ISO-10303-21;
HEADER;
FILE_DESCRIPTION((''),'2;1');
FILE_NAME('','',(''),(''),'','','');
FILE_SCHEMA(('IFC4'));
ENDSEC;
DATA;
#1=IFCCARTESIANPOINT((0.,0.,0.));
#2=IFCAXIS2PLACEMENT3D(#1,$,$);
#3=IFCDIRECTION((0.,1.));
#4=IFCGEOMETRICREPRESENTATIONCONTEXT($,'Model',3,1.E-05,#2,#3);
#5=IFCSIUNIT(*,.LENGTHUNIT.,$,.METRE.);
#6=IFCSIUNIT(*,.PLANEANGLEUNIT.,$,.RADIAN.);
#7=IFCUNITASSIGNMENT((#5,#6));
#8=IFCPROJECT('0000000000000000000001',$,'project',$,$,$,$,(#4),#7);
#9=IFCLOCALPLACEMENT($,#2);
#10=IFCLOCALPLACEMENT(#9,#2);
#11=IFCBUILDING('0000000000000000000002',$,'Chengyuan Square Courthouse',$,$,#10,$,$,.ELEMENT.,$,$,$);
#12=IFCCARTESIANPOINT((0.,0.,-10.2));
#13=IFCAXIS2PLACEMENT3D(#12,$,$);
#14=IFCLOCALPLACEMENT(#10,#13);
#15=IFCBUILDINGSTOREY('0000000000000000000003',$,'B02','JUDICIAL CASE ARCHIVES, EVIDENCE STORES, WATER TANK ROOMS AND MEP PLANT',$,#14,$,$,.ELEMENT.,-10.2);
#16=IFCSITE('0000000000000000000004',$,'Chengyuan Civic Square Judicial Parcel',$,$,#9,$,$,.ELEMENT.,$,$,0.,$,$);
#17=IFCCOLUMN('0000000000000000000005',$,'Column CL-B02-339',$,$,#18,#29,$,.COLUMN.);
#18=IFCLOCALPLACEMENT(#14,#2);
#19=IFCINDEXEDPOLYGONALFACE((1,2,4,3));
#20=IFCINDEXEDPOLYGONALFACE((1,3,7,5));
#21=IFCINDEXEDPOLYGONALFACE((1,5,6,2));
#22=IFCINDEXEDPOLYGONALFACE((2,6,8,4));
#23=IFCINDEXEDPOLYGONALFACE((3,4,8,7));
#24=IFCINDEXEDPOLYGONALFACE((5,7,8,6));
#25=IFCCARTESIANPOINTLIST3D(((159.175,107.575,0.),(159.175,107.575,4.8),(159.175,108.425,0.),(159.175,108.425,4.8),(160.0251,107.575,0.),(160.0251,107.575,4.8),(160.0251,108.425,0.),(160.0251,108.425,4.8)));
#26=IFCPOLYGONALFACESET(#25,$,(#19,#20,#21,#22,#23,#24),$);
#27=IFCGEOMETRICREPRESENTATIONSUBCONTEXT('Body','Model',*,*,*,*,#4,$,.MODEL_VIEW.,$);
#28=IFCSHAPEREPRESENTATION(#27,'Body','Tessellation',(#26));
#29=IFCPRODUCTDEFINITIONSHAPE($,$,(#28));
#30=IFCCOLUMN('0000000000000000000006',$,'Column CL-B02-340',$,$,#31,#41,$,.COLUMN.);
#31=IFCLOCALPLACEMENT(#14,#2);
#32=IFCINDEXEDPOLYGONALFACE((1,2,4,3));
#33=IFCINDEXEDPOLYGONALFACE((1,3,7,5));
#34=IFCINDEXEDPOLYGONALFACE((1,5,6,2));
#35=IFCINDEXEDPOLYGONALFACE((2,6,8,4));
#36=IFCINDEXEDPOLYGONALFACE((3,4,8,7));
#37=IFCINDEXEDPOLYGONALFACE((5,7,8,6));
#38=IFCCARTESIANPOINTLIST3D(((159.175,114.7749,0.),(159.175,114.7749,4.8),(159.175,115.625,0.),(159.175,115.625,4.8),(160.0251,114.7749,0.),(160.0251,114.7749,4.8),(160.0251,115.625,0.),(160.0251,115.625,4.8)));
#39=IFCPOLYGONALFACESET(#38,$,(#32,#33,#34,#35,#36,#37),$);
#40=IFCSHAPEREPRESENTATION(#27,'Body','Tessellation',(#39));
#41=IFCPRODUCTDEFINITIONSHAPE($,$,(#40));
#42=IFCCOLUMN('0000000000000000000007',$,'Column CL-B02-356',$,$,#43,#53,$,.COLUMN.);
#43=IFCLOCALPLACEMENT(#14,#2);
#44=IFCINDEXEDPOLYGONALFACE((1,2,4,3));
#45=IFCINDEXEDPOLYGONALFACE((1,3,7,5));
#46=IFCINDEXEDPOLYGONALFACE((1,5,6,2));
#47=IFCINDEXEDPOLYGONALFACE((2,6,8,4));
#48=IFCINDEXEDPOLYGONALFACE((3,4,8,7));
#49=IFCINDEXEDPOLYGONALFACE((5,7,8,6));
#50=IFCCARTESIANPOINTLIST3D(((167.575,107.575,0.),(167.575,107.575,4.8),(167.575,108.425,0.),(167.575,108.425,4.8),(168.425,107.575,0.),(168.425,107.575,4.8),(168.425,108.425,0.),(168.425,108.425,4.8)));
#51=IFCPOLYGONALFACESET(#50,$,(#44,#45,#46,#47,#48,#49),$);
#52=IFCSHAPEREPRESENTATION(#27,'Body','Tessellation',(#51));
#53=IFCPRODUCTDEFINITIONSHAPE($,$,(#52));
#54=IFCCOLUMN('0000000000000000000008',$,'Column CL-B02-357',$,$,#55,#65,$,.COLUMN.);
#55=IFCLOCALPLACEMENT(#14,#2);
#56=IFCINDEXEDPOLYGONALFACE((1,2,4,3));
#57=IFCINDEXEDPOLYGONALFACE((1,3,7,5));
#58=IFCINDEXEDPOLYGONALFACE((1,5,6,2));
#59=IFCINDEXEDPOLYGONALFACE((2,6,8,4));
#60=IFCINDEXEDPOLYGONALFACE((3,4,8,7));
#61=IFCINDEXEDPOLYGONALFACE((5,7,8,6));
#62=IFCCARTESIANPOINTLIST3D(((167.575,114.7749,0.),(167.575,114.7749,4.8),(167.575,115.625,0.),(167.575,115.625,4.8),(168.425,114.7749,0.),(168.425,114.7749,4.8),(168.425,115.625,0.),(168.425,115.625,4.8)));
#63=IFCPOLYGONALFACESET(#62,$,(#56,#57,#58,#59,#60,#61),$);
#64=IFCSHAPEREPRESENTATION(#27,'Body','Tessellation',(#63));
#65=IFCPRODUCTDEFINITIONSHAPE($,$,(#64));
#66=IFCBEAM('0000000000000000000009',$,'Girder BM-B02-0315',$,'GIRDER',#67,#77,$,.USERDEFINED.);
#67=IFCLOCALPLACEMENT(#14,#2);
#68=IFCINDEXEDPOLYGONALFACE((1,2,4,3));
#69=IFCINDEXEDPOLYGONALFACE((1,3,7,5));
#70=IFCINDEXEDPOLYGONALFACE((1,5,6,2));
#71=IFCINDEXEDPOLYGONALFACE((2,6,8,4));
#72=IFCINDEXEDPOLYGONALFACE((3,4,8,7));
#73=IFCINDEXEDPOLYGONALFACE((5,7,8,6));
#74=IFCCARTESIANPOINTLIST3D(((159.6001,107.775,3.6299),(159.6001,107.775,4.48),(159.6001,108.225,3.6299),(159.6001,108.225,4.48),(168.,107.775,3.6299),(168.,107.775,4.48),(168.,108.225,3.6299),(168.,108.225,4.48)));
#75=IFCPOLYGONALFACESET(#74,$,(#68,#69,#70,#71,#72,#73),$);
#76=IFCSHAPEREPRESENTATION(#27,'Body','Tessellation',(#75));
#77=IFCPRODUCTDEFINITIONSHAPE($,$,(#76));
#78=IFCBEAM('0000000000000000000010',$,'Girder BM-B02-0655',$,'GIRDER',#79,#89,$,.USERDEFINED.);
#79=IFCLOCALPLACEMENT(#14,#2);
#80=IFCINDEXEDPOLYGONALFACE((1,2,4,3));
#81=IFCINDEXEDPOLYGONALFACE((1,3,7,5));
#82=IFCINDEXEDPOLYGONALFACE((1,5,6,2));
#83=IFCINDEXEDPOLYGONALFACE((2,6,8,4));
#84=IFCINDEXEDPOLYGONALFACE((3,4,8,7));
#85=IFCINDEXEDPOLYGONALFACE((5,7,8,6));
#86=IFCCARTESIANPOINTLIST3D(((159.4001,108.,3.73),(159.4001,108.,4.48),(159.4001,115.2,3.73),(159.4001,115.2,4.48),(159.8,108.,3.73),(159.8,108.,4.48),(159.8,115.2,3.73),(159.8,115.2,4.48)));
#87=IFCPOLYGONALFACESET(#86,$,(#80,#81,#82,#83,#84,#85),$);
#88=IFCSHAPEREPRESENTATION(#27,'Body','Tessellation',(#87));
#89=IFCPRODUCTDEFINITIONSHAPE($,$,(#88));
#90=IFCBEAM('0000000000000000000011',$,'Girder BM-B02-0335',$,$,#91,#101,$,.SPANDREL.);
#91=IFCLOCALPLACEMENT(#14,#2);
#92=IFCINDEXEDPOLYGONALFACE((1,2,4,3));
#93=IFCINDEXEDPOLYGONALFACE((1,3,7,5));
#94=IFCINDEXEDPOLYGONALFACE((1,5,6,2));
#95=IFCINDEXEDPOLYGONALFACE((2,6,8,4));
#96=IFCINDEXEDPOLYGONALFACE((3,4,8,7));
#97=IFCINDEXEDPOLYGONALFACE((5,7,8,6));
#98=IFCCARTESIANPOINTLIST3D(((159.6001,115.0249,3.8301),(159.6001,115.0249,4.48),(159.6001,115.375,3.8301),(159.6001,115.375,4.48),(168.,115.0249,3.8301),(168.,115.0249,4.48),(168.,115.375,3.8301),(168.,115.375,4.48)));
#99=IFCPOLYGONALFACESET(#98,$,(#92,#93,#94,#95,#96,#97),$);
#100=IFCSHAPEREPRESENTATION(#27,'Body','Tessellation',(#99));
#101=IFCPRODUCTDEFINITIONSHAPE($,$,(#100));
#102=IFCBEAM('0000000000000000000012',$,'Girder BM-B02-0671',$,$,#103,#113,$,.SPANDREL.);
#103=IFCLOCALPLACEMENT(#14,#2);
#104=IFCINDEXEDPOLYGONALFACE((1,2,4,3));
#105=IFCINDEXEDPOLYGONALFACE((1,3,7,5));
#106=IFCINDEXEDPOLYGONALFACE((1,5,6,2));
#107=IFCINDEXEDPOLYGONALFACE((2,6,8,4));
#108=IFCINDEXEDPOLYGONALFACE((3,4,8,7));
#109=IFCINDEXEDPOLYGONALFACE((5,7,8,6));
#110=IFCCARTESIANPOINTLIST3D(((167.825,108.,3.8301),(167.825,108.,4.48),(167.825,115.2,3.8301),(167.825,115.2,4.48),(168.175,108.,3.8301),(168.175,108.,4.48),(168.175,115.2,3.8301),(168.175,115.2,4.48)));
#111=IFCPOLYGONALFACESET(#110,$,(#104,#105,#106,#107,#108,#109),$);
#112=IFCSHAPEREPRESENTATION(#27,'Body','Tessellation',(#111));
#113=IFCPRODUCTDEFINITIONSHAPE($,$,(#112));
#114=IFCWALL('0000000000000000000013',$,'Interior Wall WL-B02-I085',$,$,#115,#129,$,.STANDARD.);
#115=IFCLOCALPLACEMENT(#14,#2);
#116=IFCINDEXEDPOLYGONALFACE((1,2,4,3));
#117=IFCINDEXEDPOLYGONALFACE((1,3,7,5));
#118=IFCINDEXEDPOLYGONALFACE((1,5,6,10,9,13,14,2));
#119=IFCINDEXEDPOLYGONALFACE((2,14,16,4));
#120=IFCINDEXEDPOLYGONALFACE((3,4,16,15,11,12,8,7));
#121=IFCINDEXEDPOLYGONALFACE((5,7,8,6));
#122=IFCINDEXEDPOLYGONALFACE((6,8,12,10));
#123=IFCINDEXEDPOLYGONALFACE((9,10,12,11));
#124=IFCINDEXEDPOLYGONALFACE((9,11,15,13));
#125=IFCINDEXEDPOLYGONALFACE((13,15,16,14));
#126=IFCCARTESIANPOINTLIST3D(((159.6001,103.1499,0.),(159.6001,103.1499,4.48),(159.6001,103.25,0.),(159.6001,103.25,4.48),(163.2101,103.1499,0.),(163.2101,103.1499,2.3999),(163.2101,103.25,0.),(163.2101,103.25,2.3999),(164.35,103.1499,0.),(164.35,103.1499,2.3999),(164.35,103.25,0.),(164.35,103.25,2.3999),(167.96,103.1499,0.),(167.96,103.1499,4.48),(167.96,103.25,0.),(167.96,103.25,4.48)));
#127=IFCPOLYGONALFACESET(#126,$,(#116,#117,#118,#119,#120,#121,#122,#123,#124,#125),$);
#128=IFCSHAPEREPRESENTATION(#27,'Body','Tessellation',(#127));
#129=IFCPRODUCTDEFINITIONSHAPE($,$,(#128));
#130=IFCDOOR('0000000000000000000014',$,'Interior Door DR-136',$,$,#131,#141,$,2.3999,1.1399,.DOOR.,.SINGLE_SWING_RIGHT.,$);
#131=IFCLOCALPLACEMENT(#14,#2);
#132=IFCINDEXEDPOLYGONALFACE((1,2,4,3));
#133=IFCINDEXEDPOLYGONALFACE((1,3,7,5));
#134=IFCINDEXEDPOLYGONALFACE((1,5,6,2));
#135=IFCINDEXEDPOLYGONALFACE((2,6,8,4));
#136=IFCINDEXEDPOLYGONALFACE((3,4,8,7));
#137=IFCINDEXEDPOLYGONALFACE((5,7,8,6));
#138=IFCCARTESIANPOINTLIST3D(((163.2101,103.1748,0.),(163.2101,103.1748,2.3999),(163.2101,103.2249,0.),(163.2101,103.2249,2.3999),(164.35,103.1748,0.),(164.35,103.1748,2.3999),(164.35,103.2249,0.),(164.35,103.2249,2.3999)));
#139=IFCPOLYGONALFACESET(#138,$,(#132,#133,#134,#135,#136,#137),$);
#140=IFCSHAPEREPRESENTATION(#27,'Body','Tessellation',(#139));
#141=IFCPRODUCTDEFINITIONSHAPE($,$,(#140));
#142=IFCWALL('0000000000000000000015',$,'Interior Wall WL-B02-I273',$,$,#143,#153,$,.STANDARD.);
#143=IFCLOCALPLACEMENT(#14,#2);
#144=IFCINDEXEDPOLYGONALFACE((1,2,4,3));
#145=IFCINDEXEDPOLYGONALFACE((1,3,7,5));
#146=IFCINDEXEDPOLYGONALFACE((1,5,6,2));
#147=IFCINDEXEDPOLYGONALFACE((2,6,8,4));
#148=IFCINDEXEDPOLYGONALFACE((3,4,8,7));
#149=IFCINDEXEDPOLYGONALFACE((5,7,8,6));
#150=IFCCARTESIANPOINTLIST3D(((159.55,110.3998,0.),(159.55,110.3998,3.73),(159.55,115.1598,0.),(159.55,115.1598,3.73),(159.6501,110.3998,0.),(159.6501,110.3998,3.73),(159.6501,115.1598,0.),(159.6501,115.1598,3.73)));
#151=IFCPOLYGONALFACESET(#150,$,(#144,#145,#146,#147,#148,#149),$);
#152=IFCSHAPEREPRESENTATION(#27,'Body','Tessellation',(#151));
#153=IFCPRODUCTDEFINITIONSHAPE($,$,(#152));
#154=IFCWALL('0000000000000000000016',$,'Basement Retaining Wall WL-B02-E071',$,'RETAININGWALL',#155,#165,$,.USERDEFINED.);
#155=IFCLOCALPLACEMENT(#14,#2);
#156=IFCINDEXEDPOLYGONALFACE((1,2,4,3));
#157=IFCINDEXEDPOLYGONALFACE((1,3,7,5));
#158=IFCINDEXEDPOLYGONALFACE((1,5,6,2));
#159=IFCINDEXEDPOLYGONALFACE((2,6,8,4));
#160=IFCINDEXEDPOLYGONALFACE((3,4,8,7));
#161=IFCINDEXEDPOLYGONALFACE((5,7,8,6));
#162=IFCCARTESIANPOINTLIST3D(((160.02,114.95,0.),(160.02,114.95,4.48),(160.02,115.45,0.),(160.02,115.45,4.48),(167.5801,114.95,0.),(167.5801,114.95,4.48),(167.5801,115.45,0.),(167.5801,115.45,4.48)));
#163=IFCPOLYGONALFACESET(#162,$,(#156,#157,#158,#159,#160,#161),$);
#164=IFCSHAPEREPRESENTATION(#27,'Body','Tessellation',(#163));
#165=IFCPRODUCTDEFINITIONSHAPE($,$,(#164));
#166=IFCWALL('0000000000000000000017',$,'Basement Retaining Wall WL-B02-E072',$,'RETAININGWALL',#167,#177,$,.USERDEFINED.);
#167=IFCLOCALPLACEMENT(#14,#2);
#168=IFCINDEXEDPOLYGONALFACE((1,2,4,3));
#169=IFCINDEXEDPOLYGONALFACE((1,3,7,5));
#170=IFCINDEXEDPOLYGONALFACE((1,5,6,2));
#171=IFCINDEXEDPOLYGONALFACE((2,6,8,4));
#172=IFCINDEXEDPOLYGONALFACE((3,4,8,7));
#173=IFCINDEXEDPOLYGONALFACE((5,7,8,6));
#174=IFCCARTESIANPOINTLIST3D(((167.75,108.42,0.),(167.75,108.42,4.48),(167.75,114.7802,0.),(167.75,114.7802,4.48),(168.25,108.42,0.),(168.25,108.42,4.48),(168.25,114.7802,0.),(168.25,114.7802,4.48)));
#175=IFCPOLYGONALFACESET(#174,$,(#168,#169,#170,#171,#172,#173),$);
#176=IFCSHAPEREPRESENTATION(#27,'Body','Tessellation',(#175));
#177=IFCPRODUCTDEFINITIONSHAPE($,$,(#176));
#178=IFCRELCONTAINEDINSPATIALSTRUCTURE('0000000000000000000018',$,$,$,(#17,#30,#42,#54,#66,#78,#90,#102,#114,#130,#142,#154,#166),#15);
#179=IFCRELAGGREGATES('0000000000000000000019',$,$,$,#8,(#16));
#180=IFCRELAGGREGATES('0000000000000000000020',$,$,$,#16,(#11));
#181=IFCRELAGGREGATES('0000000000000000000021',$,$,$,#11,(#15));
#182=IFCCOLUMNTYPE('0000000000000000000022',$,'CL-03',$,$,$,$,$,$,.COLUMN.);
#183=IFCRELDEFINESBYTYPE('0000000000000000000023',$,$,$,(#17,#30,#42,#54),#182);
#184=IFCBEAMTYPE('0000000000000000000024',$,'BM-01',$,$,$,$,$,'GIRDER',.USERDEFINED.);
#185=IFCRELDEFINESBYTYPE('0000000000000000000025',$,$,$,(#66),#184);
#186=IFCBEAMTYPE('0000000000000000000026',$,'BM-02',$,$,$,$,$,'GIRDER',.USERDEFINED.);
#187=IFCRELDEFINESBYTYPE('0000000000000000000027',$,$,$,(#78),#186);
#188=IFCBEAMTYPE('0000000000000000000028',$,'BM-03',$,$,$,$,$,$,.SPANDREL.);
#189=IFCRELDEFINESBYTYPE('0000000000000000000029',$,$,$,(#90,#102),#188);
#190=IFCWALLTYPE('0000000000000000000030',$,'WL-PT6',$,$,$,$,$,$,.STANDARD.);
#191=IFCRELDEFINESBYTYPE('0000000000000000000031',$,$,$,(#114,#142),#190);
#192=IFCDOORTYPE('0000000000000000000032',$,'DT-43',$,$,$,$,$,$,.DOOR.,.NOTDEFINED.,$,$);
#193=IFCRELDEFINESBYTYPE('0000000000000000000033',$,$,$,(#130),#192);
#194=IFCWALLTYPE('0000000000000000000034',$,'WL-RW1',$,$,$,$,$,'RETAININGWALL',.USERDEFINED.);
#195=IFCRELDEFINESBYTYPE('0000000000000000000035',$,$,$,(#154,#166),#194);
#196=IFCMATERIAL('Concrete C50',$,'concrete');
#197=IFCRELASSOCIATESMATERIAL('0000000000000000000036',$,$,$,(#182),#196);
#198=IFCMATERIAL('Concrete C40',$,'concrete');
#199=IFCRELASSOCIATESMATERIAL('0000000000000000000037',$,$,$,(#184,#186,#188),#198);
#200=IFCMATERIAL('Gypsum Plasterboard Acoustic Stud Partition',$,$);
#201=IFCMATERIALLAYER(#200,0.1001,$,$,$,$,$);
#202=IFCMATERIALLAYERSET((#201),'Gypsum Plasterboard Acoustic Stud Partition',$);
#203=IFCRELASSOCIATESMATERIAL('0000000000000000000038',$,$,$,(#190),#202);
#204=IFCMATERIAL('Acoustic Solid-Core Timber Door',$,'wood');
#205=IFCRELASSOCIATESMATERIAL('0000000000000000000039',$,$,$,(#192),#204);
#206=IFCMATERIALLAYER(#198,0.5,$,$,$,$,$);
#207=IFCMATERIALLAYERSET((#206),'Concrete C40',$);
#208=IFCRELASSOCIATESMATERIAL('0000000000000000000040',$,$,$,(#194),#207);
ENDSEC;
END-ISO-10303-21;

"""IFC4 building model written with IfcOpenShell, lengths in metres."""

from ifc_helpers import new_model, si_unit, direction, frame, frame_2d, origin, origin_2d, place, context, subcontext, project, spatial, rectangle, extrude, material, layer, layer_set, material_profile, profile_set, type_object, element, fill, save


model = new_model("IFC4")

# Units and contexts
model_context = context("Model", 3, precision=1e-05, world=origin(), true_north=direction((0.0, 1.0)))
body_context = subcontext(model_context, "Body", "Model", "MODEL_VIEW")
ifc_project = project(units=[si_unit("LENGTHUNIT", "METRE"), si_unit("PLANEANGLEUNIT", "RADIAN")], contexts=[model_context])

# Site, building, storey
site_placement = place(None, origin())
site = spatial("IfcSite", under=ifc_project, at=site_placement, Name="Chengyuan Civic Square Judicial Parcel", CompositionType="ELEMENT", RefElevation=0.0)
building_placement = place(site_placement, origin())
building = spatial("IfcBuilding", under=site, at=building_placement, Name="Chengyuan Square Courthouse", CompositionType="ELEMENT")
storey_placement = place(building_placement, frame((0.0, 0.0, -10.2)))
storey = spatial("IfcBuildingStorey", under=building, at=storey_placement, Name="B02", Description="JUDICIAL CASE ARCHIVES, EVIDENCE STORES, WATER TANK ROOMS AND MEP PLANT", CompositionType="ELEMENT", Elevation=-10.2)

# Shared definitions
ifc_material_1 = material(Name="Concrete C40", Category="concrete")

# Columns
ifc_material_2 = material(Name="Concrete C50", Category="concrete")
ifc_material_profile_1 = material_profile(ifc_material_2, rectangle(XDim=0.8501, YDim=0.8501, at=origin_2d()), Name="RC-COL-850x850")
ifc_profile_set_1 = profile_set([ifc_material_profile_1], Name="Concrete C50")
column_type = type_object("IfcColumnType", Name="CL-03", PredefinedType="COLUMN", material=ifc_profile_set_1)
for number, where, z_axis, x_axis, name in (
    (1, (159.6001, 108.0, 0.0), (0.0, 0.0, 1.0), (1.0, 0.0, 0.0), "Column CL-B02-339"),
    (2, (159.6001, 115.2, 0.0), (0.0, 0.0, 1.0), (1.0, 0.0, 0.0), "Column CL-B02-340"),
    (3, (168.0, 108.0, 0.0), (0.0, 0.0, 1.0), (1.0, 0.0, 0.0), "Column CL-B02-356"),
    (4, (168.0, 115.2, 0.0), (0.0, 0.0, 1.0), (1.0, 0.0, 0.0), "Column CL-B02-357"),
):
    element("IfcColumn", number, at=place(storey_placement, frame(where, z_axis=z_axis, x_axis=x_axis)), inside=storey, type_object=column_type, Name=name, PredefinedType="COLUMN", context=body_context, shape_type="SweptSolid", body=[
        extrude(rectangle(XDim=0.8501, YDim=0.8501, at=origin_2d()), origin(), (0.0, 0.0, 1.0), 4.8),
    ])

# Beams
ifc_material_profile_2 = material_profile(ifc_material_1, rectangle(XDim=0.45, YDim=0.8501, at=origin_2d()), Name="RC-BM-450x850")
ifc_profile_set_2 = profile_set([ifc_material_profile_2], Name="Concrete C40")
beam_type_1 = type_object("IfcBeamType", Name="BM-01", ElementType="GIRDER", PredefinedType="USERDEFINED", material=ifc_profile_set_2)
beam_1_placement = place(storey_placement, frame((159.6001, 108.0, 4.0549), z_axis=(1.0, 0.0, 0.0), x_axis=(0.0, 1.0, 0.0)))
element("IfcBeam", 5, at=beam_1_placement, inside=storey, type_object=beam_type_1, Name="Girder BM-B02-0315", ObjectType="GIRDER", PredefinedType="USERDEFINED", context=body_context, shape_type="SweptSolid", body=[
    extrude(rectangle(XDim=0.45, YDim=0.8501, at=origin_2d()), origin(), (0.0, 0.0, 1.0), 8.3999),
])
ifc_material_profile_3 = material_profile(ifc_material_1, rectangle(XDim=0.3999, YDim=0.75, at=origin_2d()), Name="RC-BM-400x750")
ifc_profile_set_3 = profile_set([ifc_material_profile_3], Name="Concrete C40")
beam_type_2 = type_object("IfcBeamType", Name="BM-02", ElementType="GIRDER", PredefinedType="USERDEFINED", material=ifc_profile_set_3)
beam_2_placement = place(storey_placement, frame((159.6001, 108.0, 4.105), z_axis=(0.0, 1.0, 0.0), x_axis=(-1.0, 0.0, 0.0)))
element("IfcBeam", 6, at=beam_2_placement, inside=storey, type_object=beam_type_2, Name="Girder BM-B02-0655", ObjectType="GIRDER", PredefinedType="USERDEFINED", context=body_context, shape_type="SweptSolid", body=[
    extrude(rectangle(XDim=0.3999, YDim=0.75, at=origin_2d()), origin(), (0.0, 0.0, 1.0), 7.2),
])
ifc_material_profile_4 = material_profile(ifc_material_1, rectangle(XDim=0.3501, YDim=0.6499, at=origin_2d()), Name="RC-BM-350x650")
ifc_profile_set_4 = profile_set([ifc_material_profile_4], Name="Concrete C40")
beam_type_3 = type_object("IfcBeamType", Name="BM-03", PredefinedType="SPANDREL", material=ifc_profile_set_4)
beam_3_placement = place(storey_placement, frame((159.6001, 115.2, 4.155), z_axis=(1.0, 0.0, 0.0), x_axis=(0.0, 1.0, 0.0)))
element("IfcBeam", 7, at=beam_3_placement, inside=storey, type_object=beam_type_3, Name="Girder BM-B02-0335", PredefinedType="SPANDREL", context=body_context, shape_type="SweptSolid", body=[
    extrude(rectangle(XDim=0.3501, YDim=0.6499, at=origin_2d()), origin(), (0.0, 0.0, 1.0), 8.3999),
])
beam_4_placement = place(storey_placement, frame((168.0, 108.0, 4.155), z_axis=(0.0, 1.0, 0.0), x_axis=(-1.0, 0.0, 0.0)))
element("IfcBeam", 8, at=beam_4_placement, inside=storey, type_object=beam_type_3, Name="Girder BM-B02-0671", PredefinedType="SPANDREL", context=body_context, shape_type="SweptSolid", body=[
    extrude(rectangle(XDim=0.3501, YDim=0.6499, at=origin_2d()), origin(), (0.0, 0.0, 1.0), 7.2),
])

# Wall, opening, door
ifc_material_3 = material(Name="Gypsum Plasterboard Acoustic Stud Partition")
ifc_layer_1 = layer(ifc_material_3, 0.1001)
ifc_layer_set_1 = layer_set([ifc_layer_1], Name="Gypsum Plasterboard Acoustic Stud Partition")
wall_type_1 = type_object("IfcWallType", Name="WL-PT6", PredefinedType="STANDARD", material=ifc_layer_set_1)
wall_1_placement = place(storey_placement, frame((159.6001, 103.2, 0.0), z_axis=(0.0, 0.0, 1.0), x_axis=(1.0, 0.0, 0.0)))
wall_1 = element("IfcWall", 9, at=wall_1_placement, inside=storey, type_object=wall_type_1, Name="Interior Wall WL-B02-I085", PredefinedType="STANDARD", context=body_context, shape_type="SweptSolid", body=[
    extrude(rectangle(XDim=8.3599, YDim=0.1001, at=frame_2d((4.1799, 0.0))), origin(), (0.0, 0.0, 1.0), 4.48),
])
opening_placement = place(wall_1_placement, frame((3.6101, 0.0, 0.0)))
opening = element("IfcOpeningElement", 10, at=opening_placement, cuts=wall_1, PredefinedType="OPENING", context=body_context, shape_type="SweptSolid", body=[
    extrude(rectangle(XDim=1.1399, YDim=2.3999, at=frame_2d((0.5698, 1.2))), frame((0.0, 0.062, 0.0), z_axis=(0.0, -1.0, 0.0), x_axis=(1.0, 0.0, 0.0)), (0.0, 0.0, 1.0), 0.124),
])
ifc_material_4 = material(Name="Acoustic Solid-Core Timber Door", Category="wood")
door_type = type_object("IfcDoorType", Name="DT-43", OperationType="NOTDEFINED", PredefinedType="DOOR", material=ifc_material_4)
door_placement = place(opening_placement, origin())
door = element("IfcDoor", 11, at=door_placement, inside=storey, type_object=door_type, Name="Interior Door DR-136", OperationType="SINGLE_SWING_RIGHT", OverallHeight=2.3999, OverallWidth=1.1399, PredefinedType="DOOR", context=body_context, shape_type="SweptSolid", body=[
    extrude(rectangle(XDim=1.1399, YDim=2.3999, at=frame_2d((0.5698, 1.2))), frame((0.0, 0.0249, 0.0), z_axis=(0.0, -1.0, 0.0), x_axis=(1.0, 0.0, 0.0)), (0.0, 0.0, 1.0), 0.05),
])
fill(opening, door)

# Walls
wall_2_placement = place(storey_placement, frame((159.6001, 110.3999, 0.0), z_axis=(0.0, 0.0, 1.0), x_axis=(0.0, 1.0, 0.0)))
element("IfcWall", 12, at=wall_2_placement, inside=storey, type_object=wall_type_1, Name="Interior Wall WL-B02-I273", PredefinedType="STANDARD", context=body_context, shape_type="SweptSolid", body=[
    extrude(rectangle(XDim=4.76, YDim=0.1001, at=frame_2d((2.3799, 0.0))), origin(), (0.0, 0.0, 1.0), 3.73),
])
ifc_layer_2 = layer(ifc_material_1, 0.5)
ifc_layer_set_2 = layer_set([ifc_layer_2], Name="Concrete C40")
wall_type_2 = type_object("IfcWallType", Name="WL-RW1", ElementType="RETAININGWALL", PredefinedType="USERDEFINED", material=ifc_layer_set_2)
wall_3_placement = place(storey_placement, frame((160.02, 115.2, 0.0), z_axis=(0.0, 0.0, 1.0), x_axis=(1.0, 0.0, 0.0)))
element("IfcWall", 13, at=wall_3_placement, inside=storey, type_object=wall_type_2, Name="Basement Retaining Wall WL-B02-E071", ObjectType="RETAININGWALL", PredefinedType="USERDEFINED", context=body_context, shape_type="SweptSolid", body=[
    extrude(rectangle(XDim=7.5601, YDim=0.5, at=frame_2d((3.78, 0.0))), origin(), (0.0, 0.0, 1.0), 4.48),
])
wall_4_placement = place(storey_placement, frame((168.0, 108.4199, 0.0), z_axis=(0.0, 0.0, 1.0), x_axis=(0.0, 1.0, 0.0)))
element("IfcWall", 14, at=wall_4_placement, inside=storey, type_object=wall_type_2, Name="Basement Retaining Wall WL-B02-E072", ObjectType="RETAININGWALL", PredefinedType="USERDEFINED", context=body_context, shape_type="SweptSolid", body=[
    extrude(rectangle(XDim=6.3601, YDim=0.5, at=frame_2d((3.1802, 0.0))), origin(), (0.0, 0.0, 1.0), 4.48),
])

save(model, "model.ifc")
